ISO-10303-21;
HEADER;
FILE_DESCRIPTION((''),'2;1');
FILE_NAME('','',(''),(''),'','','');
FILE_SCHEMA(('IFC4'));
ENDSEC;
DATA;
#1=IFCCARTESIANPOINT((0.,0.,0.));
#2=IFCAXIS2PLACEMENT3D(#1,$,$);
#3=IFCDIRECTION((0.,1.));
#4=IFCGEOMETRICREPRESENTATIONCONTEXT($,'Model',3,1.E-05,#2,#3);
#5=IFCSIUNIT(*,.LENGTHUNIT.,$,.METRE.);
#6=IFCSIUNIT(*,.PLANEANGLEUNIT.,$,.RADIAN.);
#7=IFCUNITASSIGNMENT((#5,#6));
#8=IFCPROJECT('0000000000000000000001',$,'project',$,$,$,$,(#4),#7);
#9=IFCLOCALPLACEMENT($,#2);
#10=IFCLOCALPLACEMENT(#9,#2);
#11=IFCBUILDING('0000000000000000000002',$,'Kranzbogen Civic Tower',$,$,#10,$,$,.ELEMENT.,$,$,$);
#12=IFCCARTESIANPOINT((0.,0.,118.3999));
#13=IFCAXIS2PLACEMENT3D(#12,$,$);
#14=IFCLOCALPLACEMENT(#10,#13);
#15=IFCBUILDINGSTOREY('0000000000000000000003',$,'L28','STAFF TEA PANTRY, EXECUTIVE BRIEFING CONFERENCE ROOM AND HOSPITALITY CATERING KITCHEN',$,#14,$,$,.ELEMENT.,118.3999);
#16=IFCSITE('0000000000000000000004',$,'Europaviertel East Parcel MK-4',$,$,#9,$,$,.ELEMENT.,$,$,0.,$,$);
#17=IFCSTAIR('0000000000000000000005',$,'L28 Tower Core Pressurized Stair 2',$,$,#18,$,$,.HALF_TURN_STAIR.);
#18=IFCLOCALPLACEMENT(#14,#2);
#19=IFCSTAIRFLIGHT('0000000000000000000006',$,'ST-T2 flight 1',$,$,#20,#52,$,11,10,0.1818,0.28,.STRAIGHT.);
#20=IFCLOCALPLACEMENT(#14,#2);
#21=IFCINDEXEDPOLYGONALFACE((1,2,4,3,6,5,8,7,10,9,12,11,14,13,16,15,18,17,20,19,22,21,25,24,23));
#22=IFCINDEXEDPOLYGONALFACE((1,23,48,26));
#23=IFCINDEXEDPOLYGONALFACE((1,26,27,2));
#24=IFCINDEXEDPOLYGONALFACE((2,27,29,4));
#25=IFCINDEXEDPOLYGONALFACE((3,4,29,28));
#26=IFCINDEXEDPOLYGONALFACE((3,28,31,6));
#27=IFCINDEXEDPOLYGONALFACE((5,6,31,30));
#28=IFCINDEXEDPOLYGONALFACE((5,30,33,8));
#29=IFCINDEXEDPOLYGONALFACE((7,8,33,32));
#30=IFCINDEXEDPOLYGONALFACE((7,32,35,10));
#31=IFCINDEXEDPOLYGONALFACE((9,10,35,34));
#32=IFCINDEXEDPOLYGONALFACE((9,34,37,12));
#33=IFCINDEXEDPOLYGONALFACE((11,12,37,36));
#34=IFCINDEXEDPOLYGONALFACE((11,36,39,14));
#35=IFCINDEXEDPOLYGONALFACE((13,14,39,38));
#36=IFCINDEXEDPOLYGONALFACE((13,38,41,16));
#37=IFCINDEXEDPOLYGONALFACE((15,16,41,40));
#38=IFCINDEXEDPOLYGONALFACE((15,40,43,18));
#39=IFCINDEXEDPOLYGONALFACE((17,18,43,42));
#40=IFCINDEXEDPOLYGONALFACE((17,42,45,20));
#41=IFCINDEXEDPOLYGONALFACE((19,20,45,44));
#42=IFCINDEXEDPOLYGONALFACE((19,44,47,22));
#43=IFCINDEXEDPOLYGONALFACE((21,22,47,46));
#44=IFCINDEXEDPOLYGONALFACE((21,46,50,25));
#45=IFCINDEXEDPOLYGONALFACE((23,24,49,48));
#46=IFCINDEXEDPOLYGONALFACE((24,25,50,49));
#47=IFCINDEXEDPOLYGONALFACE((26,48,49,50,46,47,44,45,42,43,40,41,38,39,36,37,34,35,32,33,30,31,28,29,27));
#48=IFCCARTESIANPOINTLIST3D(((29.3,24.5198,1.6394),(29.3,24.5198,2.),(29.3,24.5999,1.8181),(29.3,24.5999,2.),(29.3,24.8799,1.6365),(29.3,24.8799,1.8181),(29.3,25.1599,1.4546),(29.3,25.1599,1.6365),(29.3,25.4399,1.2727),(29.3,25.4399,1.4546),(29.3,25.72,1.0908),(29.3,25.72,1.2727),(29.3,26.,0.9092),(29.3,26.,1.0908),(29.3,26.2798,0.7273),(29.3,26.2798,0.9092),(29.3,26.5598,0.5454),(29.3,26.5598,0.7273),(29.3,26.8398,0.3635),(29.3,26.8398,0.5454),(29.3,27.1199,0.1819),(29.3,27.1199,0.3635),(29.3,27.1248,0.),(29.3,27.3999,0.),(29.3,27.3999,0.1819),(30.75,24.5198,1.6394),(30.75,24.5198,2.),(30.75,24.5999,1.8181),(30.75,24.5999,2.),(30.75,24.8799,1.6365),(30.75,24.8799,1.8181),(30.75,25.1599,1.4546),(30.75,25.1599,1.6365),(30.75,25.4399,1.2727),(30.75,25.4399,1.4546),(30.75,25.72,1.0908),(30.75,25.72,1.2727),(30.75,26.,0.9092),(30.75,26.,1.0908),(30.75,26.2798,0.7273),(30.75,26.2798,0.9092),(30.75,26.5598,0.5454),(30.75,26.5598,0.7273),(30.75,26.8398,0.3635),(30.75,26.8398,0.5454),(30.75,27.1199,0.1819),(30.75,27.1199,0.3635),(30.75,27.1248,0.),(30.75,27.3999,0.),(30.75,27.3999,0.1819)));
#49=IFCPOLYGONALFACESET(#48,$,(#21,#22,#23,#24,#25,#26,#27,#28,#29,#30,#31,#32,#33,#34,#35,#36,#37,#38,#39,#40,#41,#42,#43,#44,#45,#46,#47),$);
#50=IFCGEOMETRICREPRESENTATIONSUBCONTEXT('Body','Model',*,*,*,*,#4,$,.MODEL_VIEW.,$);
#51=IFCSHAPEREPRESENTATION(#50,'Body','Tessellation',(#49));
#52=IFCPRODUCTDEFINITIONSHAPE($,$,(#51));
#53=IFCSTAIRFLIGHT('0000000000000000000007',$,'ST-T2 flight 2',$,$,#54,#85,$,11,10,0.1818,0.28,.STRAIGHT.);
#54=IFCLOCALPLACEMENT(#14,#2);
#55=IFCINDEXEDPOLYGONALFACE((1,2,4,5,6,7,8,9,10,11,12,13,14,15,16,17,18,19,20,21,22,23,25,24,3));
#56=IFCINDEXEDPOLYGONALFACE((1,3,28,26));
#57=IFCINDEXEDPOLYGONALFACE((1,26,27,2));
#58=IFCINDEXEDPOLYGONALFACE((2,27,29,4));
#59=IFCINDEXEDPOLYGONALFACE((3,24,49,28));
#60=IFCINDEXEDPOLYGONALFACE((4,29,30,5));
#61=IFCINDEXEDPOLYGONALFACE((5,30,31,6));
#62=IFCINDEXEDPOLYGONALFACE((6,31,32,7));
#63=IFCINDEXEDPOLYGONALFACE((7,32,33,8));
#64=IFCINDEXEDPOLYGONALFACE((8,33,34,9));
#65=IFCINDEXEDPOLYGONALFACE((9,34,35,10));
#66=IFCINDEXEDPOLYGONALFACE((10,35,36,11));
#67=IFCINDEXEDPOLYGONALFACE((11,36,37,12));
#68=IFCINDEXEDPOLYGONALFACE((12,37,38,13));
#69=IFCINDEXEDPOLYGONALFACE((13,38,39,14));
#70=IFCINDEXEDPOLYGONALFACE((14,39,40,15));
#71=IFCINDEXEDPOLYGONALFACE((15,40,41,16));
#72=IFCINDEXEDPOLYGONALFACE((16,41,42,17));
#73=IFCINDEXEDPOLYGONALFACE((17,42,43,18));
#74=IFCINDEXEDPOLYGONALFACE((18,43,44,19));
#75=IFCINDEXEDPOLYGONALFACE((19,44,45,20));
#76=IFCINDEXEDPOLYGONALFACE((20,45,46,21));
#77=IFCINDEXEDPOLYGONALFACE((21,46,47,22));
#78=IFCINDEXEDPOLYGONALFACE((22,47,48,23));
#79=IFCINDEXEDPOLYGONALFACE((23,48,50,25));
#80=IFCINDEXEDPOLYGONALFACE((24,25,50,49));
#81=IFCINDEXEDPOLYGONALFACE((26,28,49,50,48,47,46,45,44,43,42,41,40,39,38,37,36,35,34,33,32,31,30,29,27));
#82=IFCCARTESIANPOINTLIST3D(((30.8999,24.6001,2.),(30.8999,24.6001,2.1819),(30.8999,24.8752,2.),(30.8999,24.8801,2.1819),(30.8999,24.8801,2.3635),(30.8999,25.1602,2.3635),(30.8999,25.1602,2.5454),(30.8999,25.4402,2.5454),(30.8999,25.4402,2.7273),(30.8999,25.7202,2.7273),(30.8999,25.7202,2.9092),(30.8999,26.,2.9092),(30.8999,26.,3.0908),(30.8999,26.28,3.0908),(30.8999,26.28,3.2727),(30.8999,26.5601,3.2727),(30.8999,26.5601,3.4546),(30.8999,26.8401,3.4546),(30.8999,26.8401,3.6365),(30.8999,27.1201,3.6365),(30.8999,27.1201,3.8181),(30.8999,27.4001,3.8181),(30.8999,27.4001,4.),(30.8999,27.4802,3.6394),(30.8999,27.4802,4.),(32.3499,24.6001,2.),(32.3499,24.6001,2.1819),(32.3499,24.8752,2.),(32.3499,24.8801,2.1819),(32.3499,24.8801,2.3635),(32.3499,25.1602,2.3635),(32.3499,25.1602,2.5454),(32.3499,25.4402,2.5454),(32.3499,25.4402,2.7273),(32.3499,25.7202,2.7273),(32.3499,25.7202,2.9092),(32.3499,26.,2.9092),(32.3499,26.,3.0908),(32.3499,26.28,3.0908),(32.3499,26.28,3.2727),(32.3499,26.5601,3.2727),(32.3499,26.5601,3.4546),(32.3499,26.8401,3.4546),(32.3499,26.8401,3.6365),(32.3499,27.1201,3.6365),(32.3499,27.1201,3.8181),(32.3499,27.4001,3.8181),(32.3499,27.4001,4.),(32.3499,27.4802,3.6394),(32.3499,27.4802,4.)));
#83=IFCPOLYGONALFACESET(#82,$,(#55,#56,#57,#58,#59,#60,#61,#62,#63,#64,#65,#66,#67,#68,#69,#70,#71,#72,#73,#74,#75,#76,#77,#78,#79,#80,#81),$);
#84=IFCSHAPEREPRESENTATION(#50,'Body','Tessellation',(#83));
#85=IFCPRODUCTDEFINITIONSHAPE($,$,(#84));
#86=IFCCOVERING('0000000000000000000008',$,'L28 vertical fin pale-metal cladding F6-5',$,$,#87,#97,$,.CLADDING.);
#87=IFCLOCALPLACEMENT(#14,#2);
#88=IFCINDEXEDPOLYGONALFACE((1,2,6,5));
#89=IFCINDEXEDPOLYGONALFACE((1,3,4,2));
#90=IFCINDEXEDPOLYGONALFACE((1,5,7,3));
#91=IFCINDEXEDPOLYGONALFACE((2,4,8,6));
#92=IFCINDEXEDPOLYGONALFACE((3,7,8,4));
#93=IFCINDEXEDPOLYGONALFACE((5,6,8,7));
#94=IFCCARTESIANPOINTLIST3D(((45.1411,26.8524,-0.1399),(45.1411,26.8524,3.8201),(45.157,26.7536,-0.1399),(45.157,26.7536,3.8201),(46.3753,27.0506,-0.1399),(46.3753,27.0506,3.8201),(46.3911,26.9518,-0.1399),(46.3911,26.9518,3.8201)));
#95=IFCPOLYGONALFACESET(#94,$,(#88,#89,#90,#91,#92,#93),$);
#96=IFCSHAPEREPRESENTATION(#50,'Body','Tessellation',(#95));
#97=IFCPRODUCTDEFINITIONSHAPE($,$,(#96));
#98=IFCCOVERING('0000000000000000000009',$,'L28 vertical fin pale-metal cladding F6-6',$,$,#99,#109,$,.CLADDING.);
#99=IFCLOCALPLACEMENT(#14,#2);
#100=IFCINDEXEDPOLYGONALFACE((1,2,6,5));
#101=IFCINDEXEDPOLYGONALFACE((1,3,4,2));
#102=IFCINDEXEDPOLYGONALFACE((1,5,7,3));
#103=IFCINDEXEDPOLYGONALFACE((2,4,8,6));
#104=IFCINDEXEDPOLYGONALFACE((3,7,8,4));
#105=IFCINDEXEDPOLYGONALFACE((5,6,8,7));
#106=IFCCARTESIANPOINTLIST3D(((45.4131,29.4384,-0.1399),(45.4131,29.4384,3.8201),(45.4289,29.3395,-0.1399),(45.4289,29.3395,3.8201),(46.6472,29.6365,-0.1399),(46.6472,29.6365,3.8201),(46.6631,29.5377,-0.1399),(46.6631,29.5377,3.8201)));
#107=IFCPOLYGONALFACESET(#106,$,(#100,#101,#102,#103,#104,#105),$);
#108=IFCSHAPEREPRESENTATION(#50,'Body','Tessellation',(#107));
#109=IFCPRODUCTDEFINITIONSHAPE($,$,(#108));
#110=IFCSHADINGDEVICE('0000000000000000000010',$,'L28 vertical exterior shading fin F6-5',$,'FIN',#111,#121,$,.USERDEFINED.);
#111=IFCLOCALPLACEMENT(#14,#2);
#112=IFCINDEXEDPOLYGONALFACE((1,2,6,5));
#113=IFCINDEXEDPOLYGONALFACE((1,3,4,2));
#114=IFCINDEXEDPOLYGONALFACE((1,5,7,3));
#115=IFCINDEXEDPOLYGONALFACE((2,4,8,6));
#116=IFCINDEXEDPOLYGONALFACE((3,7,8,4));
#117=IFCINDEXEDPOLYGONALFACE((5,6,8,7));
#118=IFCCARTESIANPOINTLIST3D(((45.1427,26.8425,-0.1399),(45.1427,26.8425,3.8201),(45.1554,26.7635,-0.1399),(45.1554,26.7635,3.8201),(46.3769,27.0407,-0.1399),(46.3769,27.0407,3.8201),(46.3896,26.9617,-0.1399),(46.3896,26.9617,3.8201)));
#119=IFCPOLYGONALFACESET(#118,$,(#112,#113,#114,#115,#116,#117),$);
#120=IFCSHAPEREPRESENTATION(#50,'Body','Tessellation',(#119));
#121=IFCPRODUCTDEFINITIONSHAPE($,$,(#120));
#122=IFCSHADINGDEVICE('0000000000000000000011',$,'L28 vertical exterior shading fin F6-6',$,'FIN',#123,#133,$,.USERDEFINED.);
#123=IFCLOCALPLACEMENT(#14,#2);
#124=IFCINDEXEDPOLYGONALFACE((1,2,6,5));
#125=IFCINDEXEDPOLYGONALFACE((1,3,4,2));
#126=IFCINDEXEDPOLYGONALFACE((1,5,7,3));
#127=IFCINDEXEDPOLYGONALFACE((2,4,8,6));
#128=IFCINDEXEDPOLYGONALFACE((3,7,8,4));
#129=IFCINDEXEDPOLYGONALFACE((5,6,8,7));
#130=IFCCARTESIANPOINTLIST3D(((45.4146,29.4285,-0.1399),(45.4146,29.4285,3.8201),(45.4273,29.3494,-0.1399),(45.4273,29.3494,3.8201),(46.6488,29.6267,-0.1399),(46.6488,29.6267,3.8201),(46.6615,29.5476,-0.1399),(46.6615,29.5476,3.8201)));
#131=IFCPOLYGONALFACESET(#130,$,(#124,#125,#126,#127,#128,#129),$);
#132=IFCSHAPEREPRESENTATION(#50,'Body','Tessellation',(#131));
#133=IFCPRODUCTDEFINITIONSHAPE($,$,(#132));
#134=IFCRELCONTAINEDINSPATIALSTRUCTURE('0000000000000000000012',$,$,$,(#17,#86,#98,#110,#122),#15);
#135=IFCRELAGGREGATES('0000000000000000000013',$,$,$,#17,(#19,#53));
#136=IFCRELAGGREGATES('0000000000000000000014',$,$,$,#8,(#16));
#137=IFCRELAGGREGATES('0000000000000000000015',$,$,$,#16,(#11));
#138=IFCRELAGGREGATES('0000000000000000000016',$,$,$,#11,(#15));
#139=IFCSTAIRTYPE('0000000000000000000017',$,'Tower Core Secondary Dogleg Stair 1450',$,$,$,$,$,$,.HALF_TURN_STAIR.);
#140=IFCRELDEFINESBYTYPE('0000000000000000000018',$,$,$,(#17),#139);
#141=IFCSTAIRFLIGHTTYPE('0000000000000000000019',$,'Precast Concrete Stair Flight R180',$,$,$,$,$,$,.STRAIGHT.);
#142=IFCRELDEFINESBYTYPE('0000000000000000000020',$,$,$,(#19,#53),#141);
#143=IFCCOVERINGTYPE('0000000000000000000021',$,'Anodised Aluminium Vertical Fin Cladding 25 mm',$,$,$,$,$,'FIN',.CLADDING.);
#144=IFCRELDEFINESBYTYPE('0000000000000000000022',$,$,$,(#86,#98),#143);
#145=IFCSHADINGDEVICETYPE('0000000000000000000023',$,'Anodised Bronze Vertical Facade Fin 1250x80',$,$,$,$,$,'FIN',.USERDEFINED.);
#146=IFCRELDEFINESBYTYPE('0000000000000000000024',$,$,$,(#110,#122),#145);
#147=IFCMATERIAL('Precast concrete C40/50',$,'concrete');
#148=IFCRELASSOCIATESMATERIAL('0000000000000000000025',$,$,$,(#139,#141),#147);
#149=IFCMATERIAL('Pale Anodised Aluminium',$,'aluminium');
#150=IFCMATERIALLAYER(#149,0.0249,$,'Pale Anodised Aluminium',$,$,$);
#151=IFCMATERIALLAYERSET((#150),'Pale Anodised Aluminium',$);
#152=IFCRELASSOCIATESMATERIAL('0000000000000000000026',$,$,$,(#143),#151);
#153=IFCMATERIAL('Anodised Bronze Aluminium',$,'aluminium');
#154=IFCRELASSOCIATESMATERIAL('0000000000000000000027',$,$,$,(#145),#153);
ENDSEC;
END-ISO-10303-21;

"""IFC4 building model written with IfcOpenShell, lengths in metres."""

from ifc_helpers import new_model, si_unit, direction, frame, origin, origin_2d, place, context, subcontext, project, spatial, polyline, rectangle, outline, extrude, material, layer, layer_set, type_object, element, aggregate, save


model = new_model("IFC4")

# Units and contexts
model_context = context("Model", 3, precision=1e-05, world=origin(), true_north=direction((0.0, 1.0)))
body_context = subcontext(model_context, "Body", "Model", "MODEL_VIEW")
ifc_project = project(units=[si_unit("LENGTHUNIT", "METRE"), si_unit("PLANEANGLEUNIT", "RADIAN")], contexts=[model_context])

# Site, building, storey
site_placement = place(None, origin())
site = spatial("IfcSite", under=ifc_project, at=site_placement, Name="Europaviertel East Parcel MK-4", CompositionType="ELEMENT", RefElevation=0.0)
building_placement = place(site_placement, origin())
building = spatial("IfcBuilding", under=site, at=building_placement, Name="Kranzbogen Civic Tower", CompositionType="ELEMENT")
storey_placement = place(building_placement, frame((0.0, 0.0, 118.3999)))
storey = spatial("IfcBuildingStorey", under=building, at=storey_placement, Name="L28", Description="STAFF TEA PANTRY, EXECUTIVE BRIEFING CONFERENCE ROOM AND HOSPITALITY CATERING KITCHEN", CompositionType="ELEMENT", Elevation=118.3999)

# Shared definitions
ifc_material_1 = material(Name="Pale Anodised Aluminium", Category="aluminium")

# Stair, stair flights
ifc_material_2 = material(Name="Precast concrete C40/50", Category="concrete")
stair_type = type_object("IfcStairType", Name="Tower Core Secondary Dogleg Stair 1450", PredefinedType="HALF_TURN_STAIR", material=ifc_material_2)
stair_placement = place(storey_placement, origin())
stair = element("IfcStair", 1, at=stair_placement, inside=storey, type_object=stair_type, Name="L28 Tower Core Pressurized Stair 2", PredefinedType="HALF_TURN_STAIR")
stair_flight_type = type_object("IfcStairFlightType", Name="Precast Concrete Stair Flight R180", PredefinedType="STRAIGHT", material=ifc_material_2)
stair_flight_1_placement = place(storey_placement, frame((30.0249, 27.3999, 0.0), z_axis=(0.0, 0.0, 1.0), x_axis=(0.0, -1.0, 0.0)))
stair_flight_1 = element("IfcStairFlight", 2, at=stair_flight_1_placement, type_object=stair_flight_type, Name="ST-T2 flight 1", NumberOfRisers=11, NumberOfTreads=10, PredefinedType="STRAIGHT", RiserHeight=0.1818, TreadLength=0.28, context=body_context, shape_type="SweptSolid", body=[
    extrude(outline(polyline([(0.0, 0.0), (0.0, 0.1819), (0.28, 0.1819), (0.28, 0.3635), (0.5601, 0.3635), (0.5601, 0.5454), (0.8401, 0.5454), (0.8401, 0.7273), (1.1201, 0.7273), (1.1201, 0.9092), (1.3999, 0.9092), (1.3999, 1.0908), (1.6799, 1.0908), (1.6799, 1.2727), (1.96, 1.2727), (1.96, 1.4546), (2.24, 1.4546), (2.24, 1.6365), (2.52, 1.6365), (2.52, 1.8181), (2.8, 1.8181), (2.8, 2.0), (2.8801, 2.0), (2.8801, 1.6394), (0.2751, 0.0), (0.0, 0.0)])), frame((0.0, 0.7251, 0.0), z_axis=(0.0, -1.0, 0.0), x_axis=(1.0, 0.0, 0.0)), (0.0, 0.0, 1.0), 1.45),
])
stair_flight_2_placement = place(storey_placement, frame((31.625, 24.6001, 2.0), z_axis=(0.0, 0.0, 1.0), x_axis=(0.0, 1.0, 0.0)))
stair_flight_2 = element("IfcStairFlight", 3, at=stair_flight_2_placement, type_object=stair_flight_type, Name="ST-T2 flight 2", NumberOfRisers=11, NumberOfTreads=10, PredefinedType="STRAIGHT", RiserHeight=0.1818, TreadLength=0.28, context=body_context, shape_type="SweptSolid", body=[
    extrude(outline(polyline([(0.0, 0.0), (0.0, 0.1819), (0.28, 0.1819), (0.28, 0.3635), (0.5601, 0.3635), (0.5601, 0.5454), (0.8401, 0.5454), (0.8401, 0.7273), (1.1201, 0.7273), (1.1201, 0.9092), (1.3999, 0.9092), (1.3999, 1.0908), (1.6799, 1.0908), (1.6799, 1.2727), (1.96, 1.2727), (1.96, 1.4546), (2.24, 1.4546), (2.24, 1.6365), (2.52, 1.6365), (2.52, 1.8181), (2.8, 1.8181), (2.8, 2.0), (2.8801, 2.0), (2.8801, 1.6394), (0.2751, 0.0), (0.0, 0.0)])), frame((0.0, 0.7251, 0.0), z_axis=(0.0, -1.0, 0.0), x_axis=(1.0, 0.0, 0.0)), (0.0, 0.0, 1.0), 1.45),
])
aggregate(stair, [stair_flight_1, stair_flight_2])

# Coverings
ifc_layer_1 = layer(ifc_material_1, 0.0249, Name="Pale Anodised Aluminium")
ifc_layer_set_1 = layer_set([ifc_layer_1], Name="Pale Anodised Aluminium")
covering_type = type_object("IfcCoveringType", Name="Anodised Aluminium Vertical Fin Cladding 25 mm", ElementType="FIN", PredefinedType="CLADDING", material=ifc_layer_set_1)
for number, where, z_axis, x_axis, name in (
    (4, (45.7661, 26.9021, -0.1399), (0.0, 0.0, 1.0), (0.98735, 0.158554, 0.0), "L28 vertical fin pale-metal cladding F6-5"),
    (5, (46.0381, 29.488, -0.1399), (0.0, 0.0, 1.0), (0.98735, 0.158554, 0.0), "L28 vertical fin pale-metal cladding F6-6"),
):
    element("IfcCovering", number, at=place(storey_placement, frame(where, z_axis=z_axis, x_axis=x_axis)), inside=storey, type_object=covering_type, Name=name, PredefinedType="CLADDING", context=body_context, shape_type="SweptSolid", body=[
        extrude(rectangle(XDim=1.25, YDim=0.1001, at=origin_2d()), origin(), (0.0, 0.0, 1.0), 3.96),
    ])

# Shading devices
ifc_material_3 = material(Name="Anodised Bronze Aluminium", Category="aluminium")
shading_device_type = type_object("IfcShadingDeviceType", Name="Anodised Bronze Vertical Facade Fin 1250x80", ElementType="FIN", PredefinedType="USERDEFINED", material=ifc_material_3)
for number, where, z_axis, x_axis, name in (
    (6, (45.7661, 26.9021, -0.1399), (0.0, 0.0, 1.0), (0.98735, 0.158554, 0.0), "L28 vertical exterior shading fin F6-5"),
    (7, (46.0381, 29.488, -0.1399), (0.0, 0.0, 1.0), (0.98735, 0.158554, 0.0), "L28 vertical exterior shading fin F6-6"),
):
    element("IfcShadingDevice", number, at=place(storey_placement, frame(where, z_axis=z_axis, x_axis=x_axis)), inside=storey, type_object=shading_device_type, Name=name, ObjectType="FIN", PredefinedType="USERDEFINED", context=body_context, shape_type="SweptSolid", body=[
        extrude(rectangle(XDim=1.25, YDim=0.0801, at=origin_2d()), origin(), (0.0, 0.0, 1.0), 3.96),
    ])

save(model, "model.ifc")
